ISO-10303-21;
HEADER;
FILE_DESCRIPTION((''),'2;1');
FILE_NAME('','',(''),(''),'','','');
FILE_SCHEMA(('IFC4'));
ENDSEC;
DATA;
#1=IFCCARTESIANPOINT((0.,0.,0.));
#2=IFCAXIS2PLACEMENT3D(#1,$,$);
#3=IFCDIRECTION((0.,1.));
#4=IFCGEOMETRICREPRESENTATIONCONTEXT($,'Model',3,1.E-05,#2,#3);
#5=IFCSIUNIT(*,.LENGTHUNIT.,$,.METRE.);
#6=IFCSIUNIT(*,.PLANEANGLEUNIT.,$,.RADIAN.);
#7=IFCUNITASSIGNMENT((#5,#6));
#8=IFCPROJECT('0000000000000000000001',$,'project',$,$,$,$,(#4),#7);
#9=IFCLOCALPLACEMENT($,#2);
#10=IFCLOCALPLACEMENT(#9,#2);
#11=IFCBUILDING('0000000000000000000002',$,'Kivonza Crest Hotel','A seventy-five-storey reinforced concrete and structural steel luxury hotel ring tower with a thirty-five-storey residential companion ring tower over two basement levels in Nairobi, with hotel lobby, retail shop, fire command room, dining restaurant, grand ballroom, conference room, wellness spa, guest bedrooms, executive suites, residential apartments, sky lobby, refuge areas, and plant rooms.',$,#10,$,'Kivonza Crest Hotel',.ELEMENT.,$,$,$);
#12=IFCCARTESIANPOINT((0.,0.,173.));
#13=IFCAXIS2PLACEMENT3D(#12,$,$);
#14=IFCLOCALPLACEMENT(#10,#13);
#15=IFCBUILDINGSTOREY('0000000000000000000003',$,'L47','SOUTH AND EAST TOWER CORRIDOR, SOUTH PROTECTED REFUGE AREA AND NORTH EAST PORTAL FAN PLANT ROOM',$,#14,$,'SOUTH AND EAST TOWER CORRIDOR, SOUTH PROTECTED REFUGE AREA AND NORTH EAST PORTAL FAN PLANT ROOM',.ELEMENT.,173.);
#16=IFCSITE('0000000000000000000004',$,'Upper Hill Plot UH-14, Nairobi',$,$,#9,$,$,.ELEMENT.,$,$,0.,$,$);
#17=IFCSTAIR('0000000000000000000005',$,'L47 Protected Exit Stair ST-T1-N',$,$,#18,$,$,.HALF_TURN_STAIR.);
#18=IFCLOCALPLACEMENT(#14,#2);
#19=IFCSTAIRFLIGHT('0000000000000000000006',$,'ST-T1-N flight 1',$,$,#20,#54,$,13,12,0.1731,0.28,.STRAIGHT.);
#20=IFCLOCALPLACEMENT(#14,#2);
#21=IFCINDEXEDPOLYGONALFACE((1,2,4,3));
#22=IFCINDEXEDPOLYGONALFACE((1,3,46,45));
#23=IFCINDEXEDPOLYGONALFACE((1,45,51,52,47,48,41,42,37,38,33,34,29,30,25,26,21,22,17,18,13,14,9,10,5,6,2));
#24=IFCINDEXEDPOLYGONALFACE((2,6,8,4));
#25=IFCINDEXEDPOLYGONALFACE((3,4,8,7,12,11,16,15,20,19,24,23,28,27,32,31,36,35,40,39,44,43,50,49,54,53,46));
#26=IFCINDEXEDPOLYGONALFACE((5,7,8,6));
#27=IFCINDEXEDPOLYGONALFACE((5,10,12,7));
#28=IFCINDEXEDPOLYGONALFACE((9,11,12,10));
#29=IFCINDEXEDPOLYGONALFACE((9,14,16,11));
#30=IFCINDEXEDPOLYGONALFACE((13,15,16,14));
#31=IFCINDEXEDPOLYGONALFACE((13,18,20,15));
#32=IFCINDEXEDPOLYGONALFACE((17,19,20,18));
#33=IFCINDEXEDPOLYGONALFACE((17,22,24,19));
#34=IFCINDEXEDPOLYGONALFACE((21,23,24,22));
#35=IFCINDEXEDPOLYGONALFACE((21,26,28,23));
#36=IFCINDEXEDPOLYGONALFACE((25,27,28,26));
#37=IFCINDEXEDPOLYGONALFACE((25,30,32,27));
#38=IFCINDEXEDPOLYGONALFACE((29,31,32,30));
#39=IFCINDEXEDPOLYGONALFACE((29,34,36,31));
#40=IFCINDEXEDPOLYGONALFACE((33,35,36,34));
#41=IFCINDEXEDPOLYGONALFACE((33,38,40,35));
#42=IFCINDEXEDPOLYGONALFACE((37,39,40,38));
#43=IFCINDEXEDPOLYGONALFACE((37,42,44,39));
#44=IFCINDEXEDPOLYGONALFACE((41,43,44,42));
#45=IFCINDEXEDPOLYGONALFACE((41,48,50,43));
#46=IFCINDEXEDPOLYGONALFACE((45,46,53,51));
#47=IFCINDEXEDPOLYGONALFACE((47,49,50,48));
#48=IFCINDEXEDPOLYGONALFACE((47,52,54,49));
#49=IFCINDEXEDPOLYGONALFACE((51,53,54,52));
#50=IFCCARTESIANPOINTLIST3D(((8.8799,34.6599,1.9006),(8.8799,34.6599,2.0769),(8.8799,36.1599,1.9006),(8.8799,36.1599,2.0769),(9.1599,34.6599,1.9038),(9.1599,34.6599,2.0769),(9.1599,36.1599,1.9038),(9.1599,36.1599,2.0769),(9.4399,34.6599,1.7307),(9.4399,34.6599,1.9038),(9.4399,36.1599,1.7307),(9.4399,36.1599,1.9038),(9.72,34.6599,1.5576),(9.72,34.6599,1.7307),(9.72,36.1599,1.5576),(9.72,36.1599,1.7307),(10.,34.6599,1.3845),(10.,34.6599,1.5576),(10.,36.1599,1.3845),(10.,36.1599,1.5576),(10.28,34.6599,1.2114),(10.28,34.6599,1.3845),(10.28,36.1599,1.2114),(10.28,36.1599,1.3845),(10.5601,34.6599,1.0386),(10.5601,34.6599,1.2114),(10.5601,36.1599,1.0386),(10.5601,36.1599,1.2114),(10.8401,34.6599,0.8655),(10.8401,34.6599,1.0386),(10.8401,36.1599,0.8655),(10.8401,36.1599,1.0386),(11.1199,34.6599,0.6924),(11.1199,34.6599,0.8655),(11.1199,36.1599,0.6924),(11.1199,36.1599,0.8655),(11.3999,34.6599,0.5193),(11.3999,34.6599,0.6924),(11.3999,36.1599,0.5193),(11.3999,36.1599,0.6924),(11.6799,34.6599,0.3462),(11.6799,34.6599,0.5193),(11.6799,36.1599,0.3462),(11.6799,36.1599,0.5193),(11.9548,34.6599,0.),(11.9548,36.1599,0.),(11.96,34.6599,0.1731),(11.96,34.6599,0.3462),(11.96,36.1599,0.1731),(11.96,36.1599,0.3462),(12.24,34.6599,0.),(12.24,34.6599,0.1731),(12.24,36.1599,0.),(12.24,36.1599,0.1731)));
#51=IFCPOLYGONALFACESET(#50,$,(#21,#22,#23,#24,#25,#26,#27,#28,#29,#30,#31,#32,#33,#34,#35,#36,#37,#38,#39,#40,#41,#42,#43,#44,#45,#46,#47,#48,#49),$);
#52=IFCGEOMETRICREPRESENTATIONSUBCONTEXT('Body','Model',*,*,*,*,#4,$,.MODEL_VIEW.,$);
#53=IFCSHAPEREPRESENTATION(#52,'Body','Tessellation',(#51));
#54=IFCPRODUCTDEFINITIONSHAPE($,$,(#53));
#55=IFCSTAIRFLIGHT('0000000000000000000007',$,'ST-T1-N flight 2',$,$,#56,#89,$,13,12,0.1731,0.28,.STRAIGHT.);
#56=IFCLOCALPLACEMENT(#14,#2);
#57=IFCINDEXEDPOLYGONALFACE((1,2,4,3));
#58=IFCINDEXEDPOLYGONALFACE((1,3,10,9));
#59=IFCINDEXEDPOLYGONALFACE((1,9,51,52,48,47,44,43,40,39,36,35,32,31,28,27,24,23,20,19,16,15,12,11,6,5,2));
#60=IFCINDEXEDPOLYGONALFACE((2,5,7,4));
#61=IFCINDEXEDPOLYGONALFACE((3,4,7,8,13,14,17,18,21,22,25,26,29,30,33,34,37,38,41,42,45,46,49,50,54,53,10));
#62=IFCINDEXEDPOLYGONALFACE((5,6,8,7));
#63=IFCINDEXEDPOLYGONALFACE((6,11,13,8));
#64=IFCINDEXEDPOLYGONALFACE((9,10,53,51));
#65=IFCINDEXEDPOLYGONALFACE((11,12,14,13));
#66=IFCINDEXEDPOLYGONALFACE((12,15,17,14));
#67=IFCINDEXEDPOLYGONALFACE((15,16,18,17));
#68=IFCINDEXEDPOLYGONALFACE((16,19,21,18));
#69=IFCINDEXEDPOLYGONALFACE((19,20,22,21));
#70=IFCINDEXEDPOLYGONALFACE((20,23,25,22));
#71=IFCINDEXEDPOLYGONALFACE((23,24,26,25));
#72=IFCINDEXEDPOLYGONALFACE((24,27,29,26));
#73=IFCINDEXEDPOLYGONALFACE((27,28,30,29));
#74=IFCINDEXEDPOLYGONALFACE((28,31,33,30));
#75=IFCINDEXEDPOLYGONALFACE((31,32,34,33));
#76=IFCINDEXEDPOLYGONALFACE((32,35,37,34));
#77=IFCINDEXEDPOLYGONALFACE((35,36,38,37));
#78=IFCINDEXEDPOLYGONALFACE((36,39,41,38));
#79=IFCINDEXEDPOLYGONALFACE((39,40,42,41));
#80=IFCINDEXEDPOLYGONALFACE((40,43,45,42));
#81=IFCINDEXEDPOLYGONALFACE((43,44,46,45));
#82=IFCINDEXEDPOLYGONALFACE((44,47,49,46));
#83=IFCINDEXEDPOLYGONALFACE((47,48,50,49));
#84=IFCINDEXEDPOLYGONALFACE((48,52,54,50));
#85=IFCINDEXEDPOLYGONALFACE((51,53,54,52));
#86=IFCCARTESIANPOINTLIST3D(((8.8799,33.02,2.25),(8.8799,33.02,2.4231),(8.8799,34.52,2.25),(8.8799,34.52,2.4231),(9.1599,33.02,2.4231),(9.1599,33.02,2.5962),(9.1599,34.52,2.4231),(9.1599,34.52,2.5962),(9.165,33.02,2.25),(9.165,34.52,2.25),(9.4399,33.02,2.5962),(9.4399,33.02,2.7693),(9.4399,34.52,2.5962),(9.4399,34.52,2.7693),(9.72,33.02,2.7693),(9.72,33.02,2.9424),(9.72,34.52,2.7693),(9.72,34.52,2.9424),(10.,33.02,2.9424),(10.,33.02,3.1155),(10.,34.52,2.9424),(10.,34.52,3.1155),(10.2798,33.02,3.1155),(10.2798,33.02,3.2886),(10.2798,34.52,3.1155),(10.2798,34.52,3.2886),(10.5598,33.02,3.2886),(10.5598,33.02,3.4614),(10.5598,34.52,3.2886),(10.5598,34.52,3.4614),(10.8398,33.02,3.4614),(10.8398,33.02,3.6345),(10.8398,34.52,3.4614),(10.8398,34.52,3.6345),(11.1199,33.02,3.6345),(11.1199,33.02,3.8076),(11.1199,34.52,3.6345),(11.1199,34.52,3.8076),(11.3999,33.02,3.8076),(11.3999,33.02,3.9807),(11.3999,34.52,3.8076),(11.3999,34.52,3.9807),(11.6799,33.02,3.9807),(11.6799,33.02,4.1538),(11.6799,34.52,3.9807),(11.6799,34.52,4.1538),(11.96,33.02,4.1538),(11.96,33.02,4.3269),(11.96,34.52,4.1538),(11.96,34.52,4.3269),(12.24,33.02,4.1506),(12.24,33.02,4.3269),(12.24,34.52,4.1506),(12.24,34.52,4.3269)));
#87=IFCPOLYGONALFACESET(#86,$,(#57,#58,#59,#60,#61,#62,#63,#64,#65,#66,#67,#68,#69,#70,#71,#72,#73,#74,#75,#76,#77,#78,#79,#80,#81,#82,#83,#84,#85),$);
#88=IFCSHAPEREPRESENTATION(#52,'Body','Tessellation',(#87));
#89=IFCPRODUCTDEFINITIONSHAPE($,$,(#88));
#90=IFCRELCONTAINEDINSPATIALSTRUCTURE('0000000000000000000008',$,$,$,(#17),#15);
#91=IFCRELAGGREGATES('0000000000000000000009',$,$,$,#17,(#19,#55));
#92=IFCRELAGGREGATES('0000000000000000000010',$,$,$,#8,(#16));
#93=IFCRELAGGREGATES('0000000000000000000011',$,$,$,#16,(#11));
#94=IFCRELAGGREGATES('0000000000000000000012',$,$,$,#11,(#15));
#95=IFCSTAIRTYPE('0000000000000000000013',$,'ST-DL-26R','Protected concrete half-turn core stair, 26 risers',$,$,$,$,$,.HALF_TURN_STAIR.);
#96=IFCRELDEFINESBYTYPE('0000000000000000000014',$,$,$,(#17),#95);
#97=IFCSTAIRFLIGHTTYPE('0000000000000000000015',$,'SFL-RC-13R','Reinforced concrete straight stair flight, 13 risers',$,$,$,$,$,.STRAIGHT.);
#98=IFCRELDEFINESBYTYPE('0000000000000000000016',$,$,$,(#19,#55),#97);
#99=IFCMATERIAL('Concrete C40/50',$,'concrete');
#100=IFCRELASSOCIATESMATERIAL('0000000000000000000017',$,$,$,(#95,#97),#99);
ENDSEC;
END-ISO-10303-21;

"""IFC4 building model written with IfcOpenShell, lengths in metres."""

from ifc_helpers import new_model, si_unit, direction, frame, origin, place, context, subcontext, project, spatial, polyline, outline, extrude, material, type_object, element, aggregate, save


model = new_model("IFC4")

# Units and contexts
model_context = context("Model", 3, precision=1e-05, world=origin(), true_north=direction((0.0, 1.0)))
body_context = subcontext(model_context, "Body", "Model", "MODEL_VIEW")
ifc_project = project(units=[si_unit("LENGTHUNIT", "METRE"), si_unit("PLANEANGLEUNIT", "RADIAN")], contexts=[model_context])

# Site, building, storey
site_placement = place(None, origin())
site = spatial("IfcSite", under=ifc_project, at=site_placement, Name="Upper Hill Plot UH-14, Nairobi", CompositionType="ELEMENT", RefElevation=0.0)
building_placement = place(site_placement, origin())
building = spatial("IfcBuilding", under=site, at=building_placement, Name="Kivonza Crest Hotel", Description="A seventy-five-storey reinforced concrete and structural steel luxury hotel ring tower with a thirty-five-storey residential companion ring tower over two basement levels in Nairobi, with hotel lobby, retail shop, fire command room, dining restaurant, grand ballroom, conference room, wellness spa, guest bedrooms, executive suites, residential apartments, sky lobby, refuge areas, and plant rooms.", LongName="Kivonza Crest Hotel", CompositionType="ELEMENT")
storey_placement = place(building_placement, frame((0.0, 0.0, 173.0)))
storey = spatial("IfcBuildingStorey", under=building, at=storey_placement, Name="L47", Description="SOUTH AND EAST TOWER CORRIDOR, SOUTH PROTECTED REFUGE AREA AND NORTH EAST PORTAL FAN PLANT ROOM", LongName="SOUTH AND EAST TOWER CORRIDOR, SOUTH PROTECTED REFUGE AREA AND NORTH EAST PORTAL FAN PLANT ROOM", CompositionType="ELEMENT", Elevation=173.0)

# Stair, stair flights
ifc_material_1 = material(Name="Concrete C40/50", Category="concrete")
stair_type = type_object("IfcStairType", Name="ST-DL-26R", Description="Protected concrete half-turn core stair, 26 risers", PredefinedType="HALF_TURN_STAIR", material=ifc_material_1)
stair_placement = place(storey_placement, origin())
stair = element("IfcStair", 1, at=stair_placement, inside=storey, type_object=stair_type, Name="L47 Protected Exit Stair ST-T1-N", PredefinedType="HALF_TURN_STAIR")
stair_flight_type = type_object("IfcStairFlightType", Name="SFL-RC-13R", Description="Reinforced concrete straight stair flight, 13 risers", PredefinedType="STRAIGHT", material=ifc_material_1)
stair_flight_1_placement = place(storey_placement, frame((12.24, 35.4099, 0.0), z_axis=(0.0, 0.0, 1.0), x_axis=(-1.0, 0.0, 0.0)))
stair_flight_1 = element("IfcStairFlight", 2, at=stair_flight_1_placement, type_object=stair_flight_type, Name="ST-T1-N flight 1", NumberOfRisers=13, NumberOfTreads=12, PredefinedType="STRAIGHT", RiserHeight=0.1731, TreadLength=0.28, context=body_context, shape_type="SweptSolid", body=[
    extrude(outline(polyline([(0.0, 0.0), (0.0, 0.1731), (0.28, 0.1731), (0.28, 0.3462), (0.5601, 0.3462), (0.5601, 0.5193), (0.8401, 0.5193), (0.8401, 0.6924), (1.1201, 0.6924), (1.1201, 0.8655), (1.3999, 0.8655), (1.3999, 1.0386), (1.6799, 1.0386), (1.6799, 1.2114), (1.96, 1.2114), (1.96, 1.3845), (2.24, 1.3845), (2.24, 1.5576), (2.52, 1.5576), (2.52, 1.7307), (2.8, 1.7307), (2.8, 1.9038), (3.0801, 1.9038), (3.0801, 2.0769), (3.3601, 2.0769), (3.3601, 2.25), (3.3601, 1.9006), (0.2852, 0.0), (0.0, 0.0)])), frame((0.0, 0.75, 0.0), z_axis=(0.0, -1.0, 0.0), x_axis=(1.0, 0.0, 0.0)), (0.0, 0.0, 1.0), 1.5),
])
stair_flight_2_placement = place(storey_placement, frame((8.8799, 33.77, 2.25), z_axis=(0.0, 0.0, 1.0), x_axis=(1.0, 0.0, 0.0)))
stair_flight_2 = element("IfcStairFlight", 3, at=stair_flight_2_placement, type_object=stair_flight_type, Name="ST-T1-N flight 2", NumberOfRisers=13, NumberOfTreads=12, PredefinedType="STRAIGHT", RiserHeight=0.1731, TreadLength=0.28, context=body_context, shape_type="SweptSolid", body=[
    extrude(outline(polyline([(0.0, 0.0), (0.0, 0.1731), (0.28, 0.1731), (0.28, 0.3462), (0.5601, 0.3462), (0.5601, 0.5193), (0.8401, 0.5193), (0.8401, 0.6924), (1.1201, 0.6924), (1.1201, 0.8655), (1.3999, 0.8655), (1.3999, 1.0386), (1.6799, 1.0386), (1.6799, 1.2114), (1.96, 1.2114), (1.96, 1.3845), (2.24, 1.3845), (2.24, 1.5576), (2.52, 1.5576), (2.52, 1.7307), (2.8, 1.7307), (2.8, 1.9038), (3.0801, 1.9038), (3.0801, 2.0769), (3.3601, 2.0769), (3.3601, 2.25), (3.3601, 1.9006), (0.2852, 0.0), (0.0, 0.0)])), frame((0.0, 0.75, 0.0), z_axis=(0.0, -1.0, 0.0), x_axis=(1.0, 0.0, 0.0)), (0.0, 0.0, 1.0), 1.5),
])
aggregate(stair, [stair_flight_1, stair_flight_2])

save(model, "model.ifc")
